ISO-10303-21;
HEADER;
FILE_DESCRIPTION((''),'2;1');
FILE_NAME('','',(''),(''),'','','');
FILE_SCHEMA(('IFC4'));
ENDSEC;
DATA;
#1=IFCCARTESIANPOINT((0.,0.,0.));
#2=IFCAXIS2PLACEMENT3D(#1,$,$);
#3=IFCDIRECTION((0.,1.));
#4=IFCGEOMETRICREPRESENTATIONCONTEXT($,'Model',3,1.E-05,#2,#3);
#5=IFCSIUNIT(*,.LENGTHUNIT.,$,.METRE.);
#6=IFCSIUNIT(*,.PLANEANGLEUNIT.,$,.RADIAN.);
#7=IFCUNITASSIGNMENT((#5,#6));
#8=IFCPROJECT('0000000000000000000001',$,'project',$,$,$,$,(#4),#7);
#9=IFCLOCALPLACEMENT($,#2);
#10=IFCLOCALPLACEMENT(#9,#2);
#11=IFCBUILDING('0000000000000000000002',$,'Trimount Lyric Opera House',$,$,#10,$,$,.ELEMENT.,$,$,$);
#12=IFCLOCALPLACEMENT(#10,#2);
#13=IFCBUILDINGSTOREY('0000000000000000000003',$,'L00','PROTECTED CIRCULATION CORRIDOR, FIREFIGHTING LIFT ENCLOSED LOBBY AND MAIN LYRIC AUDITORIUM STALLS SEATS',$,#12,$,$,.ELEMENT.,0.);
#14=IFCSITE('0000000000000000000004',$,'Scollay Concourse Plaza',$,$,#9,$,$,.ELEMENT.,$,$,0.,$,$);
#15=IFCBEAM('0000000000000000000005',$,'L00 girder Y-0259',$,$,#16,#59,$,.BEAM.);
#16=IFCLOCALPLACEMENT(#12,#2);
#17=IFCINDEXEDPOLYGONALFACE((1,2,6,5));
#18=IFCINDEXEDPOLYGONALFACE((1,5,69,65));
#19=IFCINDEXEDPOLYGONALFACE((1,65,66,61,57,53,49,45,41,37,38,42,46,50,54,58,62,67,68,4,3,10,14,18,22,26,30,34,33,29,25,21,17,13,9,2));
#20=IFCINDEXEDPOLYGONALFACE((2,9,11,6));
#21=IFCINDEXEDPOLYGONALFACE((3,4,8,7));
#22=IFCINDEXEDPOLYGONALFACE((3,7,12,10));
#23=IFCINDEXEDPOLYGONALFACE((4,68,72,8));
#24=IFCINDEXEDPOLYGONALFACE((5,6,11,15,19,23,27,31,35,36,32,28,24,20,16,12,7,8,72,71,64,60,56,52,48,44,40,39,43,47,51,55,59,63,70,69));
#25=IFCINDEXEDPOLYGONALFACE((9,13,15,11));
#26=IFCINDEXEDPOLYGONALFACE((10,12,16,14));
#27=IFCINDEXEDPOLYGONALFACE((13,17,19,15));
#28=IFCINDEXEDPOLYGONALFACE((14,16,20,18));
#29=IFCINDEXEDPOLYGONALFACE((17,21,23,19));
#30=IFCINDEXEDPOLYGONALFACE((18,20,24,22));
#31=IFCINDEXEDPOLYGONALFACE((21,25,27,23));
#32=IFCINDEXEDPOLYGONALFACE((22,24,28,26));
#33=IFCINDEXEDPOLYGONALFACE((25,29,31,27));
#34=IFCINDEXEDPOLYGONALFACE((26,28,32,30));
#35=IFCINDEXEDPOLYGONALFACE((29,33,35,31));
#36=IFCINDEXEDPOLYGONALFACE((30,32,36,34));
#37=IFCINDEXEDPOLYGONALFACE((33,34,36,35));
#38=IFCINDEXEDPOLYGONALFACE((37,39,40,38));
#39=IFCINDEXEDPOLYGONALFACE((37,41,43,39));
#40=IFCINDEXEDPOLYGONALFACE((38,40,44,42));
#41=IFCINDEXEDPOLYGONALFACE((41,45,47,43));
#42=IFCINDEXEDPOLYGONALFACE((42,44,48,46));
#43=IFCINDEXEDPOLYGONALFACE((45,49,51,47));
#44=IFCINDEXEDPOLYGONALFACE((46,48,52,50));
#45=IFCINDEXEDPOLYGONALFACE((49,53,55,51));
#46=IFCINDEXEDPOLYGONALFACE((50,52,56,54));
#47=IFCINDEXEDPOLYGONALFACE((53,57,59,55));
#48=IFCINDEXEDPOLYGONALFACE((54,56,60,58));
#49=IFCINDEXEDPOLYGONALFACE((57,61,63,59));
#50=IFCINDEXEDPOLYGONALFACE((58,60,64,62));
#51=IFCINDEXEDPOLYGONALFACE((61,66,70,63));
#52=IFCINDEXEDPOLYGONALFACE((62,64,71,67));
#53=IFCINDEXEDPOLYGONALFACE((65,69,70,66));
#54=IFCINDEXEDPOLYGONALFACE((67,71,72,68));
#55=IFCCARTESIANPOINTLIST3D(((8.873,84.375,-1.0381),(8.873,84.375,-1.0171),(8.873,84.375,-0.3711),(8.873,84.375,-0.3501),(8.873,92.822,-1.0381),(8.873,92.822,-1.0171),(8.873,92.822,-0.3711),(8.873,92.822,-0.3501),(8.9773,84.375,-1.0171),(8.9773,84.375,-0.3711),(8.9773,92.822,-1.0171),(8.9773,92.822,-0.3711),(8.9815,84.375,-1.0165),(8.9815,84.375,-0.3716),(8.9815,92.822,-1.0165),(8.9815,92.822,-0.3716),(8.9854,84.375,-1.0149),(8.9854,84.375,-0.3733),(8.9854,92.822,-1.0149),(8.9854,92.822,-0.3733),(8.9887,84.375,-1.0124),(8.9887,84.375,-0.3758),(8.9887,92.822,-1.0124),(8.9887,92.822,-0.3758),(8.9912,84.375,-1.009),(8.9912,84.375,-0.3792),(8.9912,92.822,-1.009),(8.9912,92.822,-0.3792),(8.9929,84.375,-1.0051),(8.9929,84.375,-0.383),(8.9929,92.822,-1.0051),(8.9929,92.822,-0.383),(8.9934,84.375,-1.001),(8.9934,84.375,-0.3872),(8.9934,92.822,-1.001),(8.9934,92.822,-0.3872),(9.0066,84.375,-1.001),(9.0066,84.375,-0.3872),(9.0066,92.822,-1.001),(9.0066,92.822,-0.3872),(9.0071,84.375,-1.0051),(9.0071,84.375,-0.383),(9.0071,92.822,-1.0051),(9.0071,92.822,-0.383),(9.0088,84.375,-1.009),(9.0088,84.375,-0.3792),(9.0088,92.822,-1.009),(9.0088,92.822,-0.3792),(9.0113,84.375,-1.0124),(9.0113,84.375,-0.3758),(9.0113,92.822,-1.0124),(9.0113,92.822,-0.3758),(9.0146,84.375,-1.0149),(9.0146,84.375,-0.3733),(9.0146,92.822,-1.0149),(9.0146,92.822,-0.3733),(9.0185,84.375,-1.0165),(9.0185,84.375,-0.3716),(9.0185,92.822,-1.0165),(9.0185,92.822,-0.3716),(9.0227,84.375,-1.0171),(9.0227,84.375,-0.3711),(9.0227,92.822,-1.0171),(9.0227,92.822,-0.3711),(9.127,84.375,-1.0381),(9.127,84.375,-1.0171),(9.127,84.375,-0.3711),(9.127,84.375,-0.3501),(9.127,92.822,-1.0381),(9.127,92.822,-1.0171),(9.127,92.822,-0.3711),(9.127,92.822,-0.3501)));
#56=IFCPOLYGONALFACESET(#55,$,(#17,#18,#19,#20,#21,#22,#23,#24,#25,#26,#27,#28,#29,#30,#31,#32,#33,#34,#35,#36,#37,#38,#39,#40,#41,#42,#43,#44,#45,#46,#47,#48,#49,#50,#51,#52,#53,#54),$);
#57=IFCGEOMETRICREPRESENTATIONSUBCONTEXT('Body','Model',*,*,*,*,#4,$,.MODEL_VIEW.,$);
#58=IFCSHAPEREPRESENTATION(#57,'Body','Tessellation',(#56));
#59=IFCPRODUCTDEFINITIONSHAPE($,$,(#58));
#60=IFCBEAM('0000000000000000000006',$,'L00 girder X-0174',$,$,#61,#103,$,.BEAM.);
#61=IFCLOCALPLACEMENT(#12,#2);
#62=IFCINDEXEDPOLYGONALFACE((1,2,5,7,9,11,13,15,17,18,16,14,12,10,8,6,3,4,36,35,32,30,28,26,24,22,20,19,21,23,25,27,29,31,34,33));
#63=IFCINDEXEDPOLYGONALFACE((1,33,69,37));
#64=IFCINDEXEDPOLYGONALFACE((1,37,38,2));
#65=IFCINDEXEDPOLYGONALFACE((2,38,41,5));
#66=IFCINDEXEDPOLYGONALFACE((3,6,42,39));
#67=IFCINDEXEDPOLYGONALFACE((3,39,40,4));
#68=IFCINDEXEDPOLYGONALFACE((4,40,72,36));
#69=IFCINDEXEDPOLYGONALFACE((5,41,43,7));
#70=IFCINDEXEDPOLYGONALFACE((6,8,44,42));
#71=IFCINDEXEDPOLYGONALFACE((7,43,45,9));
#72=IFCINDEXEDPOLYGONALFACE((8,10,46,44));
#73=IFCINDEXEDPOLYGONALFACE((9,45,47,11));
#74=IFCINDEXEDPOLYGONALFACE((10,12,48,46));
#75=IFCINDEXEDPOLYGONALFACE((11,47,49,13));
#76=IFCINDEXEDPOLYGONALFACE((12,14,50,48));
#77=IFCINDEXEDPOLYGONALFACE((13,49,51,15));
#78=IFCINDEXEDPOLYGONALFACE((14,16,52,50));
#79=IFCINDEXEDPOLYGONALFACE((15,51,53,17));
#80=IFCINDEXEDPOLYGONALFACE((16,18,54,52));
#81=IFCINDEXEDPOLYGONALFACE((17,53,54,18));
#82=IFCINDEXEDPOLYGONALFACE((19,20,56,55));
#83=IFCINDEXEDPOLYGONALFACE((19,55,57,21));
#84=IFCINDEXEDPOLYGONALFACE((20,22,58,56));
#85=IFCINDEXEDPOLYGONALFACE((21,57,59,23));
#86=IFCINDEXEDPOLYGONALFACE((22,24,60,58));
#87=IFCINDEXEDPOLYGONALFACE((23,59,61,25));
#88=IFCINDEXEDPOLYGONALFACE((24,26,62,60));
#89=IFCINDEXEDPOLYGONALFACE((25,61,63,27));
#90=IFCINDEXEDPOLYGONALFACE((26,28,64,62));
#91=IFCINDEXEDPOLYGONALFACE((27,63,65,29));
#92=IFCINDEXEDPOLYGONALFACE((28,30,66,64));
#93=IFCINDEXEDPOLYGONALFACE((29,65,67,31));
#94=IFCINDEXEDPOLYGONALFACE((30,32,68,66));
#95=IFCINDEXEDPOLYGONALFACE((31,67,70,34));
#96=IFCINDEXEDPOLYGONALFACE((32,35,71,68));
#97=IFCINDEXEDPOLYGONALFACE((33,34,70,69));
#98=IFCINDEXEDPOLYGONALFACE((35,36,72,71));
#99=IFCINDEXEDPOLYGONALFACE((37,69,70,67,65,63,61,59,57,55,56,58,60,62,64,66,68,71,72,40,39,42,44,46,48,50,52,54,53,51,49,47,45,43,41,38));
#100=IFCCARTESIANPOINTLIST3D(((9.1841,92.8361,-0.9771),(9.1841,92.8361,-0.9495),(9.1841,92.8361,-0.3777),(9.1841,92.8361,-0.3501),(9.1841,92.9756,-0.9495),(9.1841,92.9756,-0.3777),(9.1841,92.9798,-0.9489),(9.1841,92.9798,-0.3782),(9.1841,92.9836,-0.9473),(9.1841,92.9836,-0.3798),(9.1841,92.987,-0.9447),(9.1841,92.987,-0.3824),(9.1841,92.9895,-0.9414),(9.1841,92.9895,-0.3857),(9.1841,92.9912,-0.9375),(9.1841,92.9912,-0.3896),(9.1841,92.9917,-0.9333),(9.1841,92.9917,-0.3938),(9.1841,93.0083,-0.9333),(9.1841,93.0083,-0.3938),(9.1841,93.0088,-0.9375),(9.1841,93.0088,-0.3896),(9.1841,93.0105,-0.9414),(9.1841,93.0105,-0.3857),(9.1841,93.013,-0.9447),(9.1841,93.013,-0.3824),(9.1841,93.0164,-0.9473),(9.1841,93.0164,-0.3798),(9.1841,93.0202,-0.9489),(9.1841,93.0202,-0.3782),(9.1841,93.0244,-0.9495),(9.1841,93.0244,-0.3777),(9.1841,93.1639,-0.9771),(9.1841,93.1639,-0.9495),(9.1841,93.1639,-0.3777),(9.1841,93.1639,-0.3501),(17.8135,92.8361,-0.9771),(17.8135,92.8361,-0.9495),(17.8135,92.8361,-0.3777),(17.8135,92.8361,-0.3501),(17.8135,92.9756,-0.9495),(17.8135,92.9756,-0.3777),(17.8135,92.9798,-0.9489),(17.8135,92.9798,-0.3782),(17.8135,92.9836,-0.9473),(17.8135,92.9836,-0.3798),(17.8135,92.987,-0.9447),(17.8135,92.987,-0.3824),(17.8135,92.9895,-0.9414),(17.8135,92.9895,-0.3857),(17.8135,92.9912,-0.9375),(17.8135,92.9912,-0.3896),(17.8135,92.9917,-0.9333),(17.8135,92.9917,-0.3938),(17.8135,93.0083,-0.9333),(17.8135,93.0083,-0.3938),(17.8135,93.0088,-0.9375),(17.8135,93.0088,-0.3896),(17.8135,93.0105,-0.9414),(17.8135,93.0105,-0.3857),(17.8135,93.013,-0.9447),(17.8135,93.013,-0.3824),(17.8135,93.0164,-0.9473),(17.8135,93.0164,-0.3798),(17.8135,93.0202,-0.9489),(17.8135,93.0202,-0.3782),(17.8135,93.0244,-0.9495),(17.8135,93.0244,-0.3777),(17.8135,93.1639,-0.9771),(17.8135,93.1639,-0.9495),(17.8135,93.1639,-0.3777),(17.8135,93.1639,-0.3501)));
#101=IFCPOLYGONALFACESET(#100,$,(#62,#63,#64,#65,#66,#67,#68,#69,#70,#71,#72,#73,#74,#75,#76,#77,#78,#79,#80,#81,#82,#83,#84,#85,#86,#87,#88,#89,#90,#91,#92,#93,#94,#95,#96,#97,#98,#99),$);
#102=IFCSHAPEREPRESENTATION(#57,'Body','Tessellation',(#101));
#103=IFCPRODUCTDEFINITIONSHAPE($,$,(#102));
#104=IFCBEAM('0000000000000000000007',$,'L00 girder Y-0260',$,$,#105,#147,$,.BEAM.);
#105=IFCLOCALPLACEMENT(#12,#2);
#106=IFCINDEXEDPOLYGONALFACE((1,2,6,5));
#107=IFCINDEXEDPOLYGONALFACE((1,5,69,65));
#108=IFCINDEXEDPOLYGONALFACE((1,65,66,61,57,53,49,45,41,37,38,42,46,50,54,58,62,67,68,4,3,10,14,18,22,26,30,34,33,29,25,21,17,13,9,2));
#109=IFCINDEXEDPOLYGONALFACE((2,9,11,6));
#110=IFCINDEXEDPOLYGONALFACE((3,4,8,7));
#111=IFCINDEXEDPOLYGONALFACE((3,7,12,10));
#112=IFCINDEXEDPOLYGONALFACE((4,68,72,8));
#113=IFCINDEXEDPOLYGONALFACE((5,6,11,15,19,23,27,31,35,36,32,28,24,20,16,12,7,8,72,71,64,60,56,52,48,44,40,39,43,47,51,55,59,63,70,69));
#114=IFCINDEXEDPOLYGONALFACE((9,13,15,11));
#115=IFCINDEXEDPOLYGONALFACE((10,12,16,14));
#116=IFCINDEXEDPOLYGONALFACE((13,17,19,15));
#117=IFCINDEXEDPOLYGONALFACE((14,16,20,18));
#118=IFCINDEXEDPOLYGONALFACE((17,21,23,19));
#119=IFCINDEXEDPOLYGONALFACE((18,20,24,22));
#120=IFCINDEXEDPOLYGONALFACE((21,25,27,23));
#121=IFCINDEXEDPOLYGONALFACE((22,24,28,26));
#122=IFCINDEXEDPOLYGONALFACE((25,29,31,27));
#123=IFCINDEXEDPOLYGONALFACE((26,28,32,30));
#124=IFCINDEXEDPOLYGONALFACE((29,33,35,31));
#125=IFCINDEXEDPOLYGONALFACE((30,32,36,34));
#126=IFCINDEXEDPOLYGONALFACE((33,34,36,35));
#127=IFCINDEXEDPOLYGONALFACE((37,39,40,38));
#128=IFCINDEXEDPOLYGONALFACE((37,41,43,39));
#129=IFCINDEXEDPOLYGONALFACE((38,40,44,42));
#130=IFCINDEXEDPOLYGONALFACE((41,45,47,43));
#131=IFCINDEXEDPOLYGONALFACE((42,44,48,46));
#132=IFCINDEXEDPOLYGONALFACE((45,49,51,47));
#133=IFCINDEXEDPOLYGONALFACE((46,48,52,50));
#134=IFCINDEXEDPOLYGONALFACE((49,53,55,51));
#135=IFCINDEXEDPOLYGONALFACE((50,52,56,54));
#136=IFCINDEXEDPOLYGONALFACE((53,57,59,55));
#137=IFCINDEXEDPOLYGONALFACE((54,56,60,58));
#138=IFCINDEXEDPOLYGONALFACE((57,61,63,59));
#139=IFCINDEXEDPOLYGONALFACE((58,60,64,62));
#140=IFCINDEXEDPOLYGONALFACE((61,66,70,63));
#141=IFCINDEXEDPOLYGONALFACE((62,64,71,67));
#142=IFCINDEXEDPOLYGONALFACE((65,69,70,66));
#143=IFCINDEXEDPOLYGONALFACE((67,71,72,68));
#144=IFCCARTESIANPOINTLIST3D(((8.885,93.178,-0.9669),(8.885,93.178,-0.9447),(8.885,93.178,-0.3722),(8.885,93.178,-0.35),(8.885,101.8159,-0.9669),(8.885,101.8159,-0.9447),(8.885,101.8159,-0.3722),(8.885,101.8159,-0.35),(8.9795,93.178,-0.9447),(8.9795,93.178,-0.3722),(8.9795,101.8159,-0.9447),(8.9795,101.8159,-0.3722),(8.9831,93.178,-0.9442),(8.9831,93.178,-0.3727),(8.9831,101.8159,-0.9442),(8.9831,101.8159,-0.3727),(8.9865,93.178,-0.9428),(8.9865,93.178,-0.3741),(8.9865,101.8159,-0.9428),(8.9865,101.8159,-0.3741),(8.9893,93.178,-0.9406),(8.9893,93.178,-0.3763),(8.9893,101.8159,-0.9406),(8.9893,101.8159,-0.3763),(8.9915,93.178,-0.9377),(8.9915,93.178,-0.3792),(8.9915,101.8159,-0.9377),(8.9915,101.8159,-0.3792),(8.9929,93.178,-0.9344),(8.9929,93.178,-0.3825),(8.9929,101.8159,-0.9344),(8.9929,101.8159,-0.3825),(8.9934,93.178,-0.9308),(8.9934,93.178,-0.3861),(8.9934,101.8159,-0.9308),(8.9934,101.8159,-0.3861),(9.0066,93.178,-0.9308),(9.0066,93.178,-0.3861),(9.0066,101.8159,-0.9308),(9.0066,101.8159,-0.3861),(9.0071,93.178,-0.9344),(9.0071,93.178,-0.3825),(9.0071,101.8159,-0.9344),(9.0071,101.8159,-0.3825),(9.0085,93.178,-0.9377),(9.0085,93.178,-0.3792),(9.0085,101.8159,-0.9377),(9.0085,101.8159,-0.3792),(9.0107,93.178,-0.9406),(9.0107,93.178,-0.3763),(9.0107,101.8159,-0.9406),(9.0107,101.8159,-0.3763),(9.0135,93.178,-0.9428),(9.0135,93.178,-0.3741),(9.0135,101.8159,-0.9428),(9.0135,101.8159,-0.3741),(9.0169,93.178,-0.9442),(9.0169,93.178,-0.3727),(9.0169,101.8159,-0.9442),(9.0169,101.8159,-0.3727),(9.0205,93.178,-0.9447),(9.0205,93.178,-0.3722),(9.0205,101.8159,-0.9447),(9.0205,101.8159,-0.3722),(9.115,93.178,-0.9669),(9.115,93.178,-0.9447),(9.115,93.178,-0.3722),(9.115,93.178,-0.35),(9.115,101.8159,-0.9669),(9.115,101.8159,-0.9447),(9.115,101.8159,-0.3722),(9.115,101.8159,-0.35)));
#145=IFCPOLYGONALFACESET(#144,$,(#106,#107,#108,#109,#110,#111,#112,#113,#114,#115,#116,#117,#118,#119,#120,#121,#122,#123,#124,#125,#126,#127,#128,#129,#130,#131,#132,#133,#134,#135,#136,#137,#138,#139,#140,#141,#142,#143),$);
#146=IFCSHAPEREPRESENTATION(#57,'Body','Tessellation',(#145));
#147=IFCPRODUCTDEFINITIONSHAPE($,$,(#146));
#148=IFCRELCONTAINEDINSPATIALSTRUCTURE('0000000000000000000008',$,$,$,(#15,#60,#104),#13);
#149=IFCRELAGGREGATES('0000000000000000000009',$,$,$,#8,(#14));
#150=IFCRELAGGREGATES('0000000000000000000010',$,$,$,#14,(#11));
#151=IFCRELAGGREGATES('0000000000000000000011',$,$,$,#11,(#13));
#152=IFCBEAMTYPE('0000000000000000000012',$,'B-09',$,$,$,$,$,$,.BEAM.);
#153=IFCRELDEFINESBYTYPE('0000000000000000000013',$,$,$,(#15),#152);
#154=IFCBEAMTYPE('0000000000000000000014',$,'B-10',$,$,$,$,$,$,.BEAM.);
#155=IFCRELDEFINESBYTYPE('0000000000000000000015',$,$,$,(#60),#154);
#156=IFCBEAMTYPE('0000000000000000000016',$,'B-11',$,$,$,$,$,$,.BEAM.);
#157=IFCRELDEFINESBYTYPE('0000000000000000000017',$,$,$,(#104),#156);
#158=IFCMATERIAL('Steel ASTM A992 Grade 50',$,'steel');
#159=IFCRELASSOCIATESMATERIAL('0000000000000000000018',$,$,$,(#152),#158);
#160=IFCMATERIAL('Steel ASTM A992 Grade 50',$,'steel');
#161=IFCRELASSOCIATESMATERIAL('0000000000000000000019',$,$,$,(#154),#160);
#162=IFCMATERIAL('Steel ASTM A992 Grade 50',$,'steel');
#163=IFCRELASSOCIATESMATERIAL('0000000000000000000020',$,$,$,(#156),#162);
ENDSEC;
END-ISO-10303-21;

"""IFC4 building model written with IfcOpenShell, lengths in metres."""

from ifc_helpers import new_model, si_unit, direction, frame, origin, origin_2d, place, context, subcontext, project, spatial, i_section, extrude, material, material_profile, profile_set, type_object, element, save


model = new_model("IFC4")

# Units and contexts
model_context = context("Model", 3, precision=1e-05, world=origin(), true_north=direction((0.0, 1.0)))
body_context = subcontext(model_context, "Body", "Model", "MODEL_VIEW")
ifc_project = project(units=[si_unit("LENGTHUNIT", "METRE"), si_unit("PLANEANGLEUNIT", "RADIAN")], contexts=[model_context])

# Site, building, storey
site_placement = place(None, origin())
site = spatial("IfcSite", under=ifc_project, at=site_placement, Name="Scollay Concourse Plaza", CompositionType="ELEMENT", RefElevation=0.0)
building_placement = place(site_placement, origin())
building = spatial("IfcBuilding", under=site, at=building_placement, Name="Trimount Lyric Opera House", CompositionType="ELEMENT")
storey_placement = place(building_placement, origin())
storey = spatial("IfcBuildingStorey", under=building, at=storey_placement, Name="L00", Description="PROTECTED CIRCULATION CORRIDOR, FIREFIGHTING LIFT ENCLOSED LOBBY AND MAIN LYRIC AUDITORIUM STALLS SEATS", CompositionType="ELEMENT", Elevation=0.0)

# Beams
ifc_material_1 = material(Name="Steel ASTM A992 Grade 50", Category="steel")
ifc_material_profile_1 = material_profile(ifc_material_1, i_section(OverallWidth=0.2539, OverallDepth=0.688, WebThickness=0.0132, FlangeThickness=0.021, FilletRadius=0.0161, at=origin_2d()), Name="W27X102")
ifc_profile_set_1 = profile_set([ifc_material_profile_1], Name="Steel ASTM A992 Grade 50")
beam_type_1 = type_object("IfcBeamType", Name="B-09", PredefinedType="BEAM", material=ifc_profile_set_1)
beam_1_placement = place(storey_placement, frame((9.0, 84.375, -0.6941), z_axis=(0.0, 1.0, 0.0), x_axis=(-1.0, 0.0, 0.0)))
element("IfcBeam", 1, at=beam_1_placement, inside=storey, type_object=beam_type_1, Name="L00 girder Y-0259", PredefinedType="BEAM", context=body_context, shape_type="SweptSolid", body=[
    extrude(i_section(OverallWidth=0.2539, OverallDepth=0.688, WebThickness=0.0132, FlangeThickness=0.021, FilletRadius=0.0161, at=origin_2d()), origin(), (0.0, 0.0, 1.0), 8.447),
])
ifc_material_2 = material(Name="Steel ASTM A992 Grade 50", Category="steel")
ifc_material_profile_2 = material_profile(ifc_material_2, i_section(OverallWidth=0.3279, OverallDepth=0.627, WebThickness=0.0166, FlangeThickness=0.0276, FilletRadius=0.0161, at=origin_2d()), Name="W24X146")
ifc_profile_set_2 = profile_set([ifc_material_profile_2], Name="Steel ASTM A992 Grade 50")
beam_type_2 = type_object("IfcBeamType", Name="B-10", PredefinedType="BEAM", material=ifc_profile_set_2)
beam_2_placement = place(storey_placement, frame((9.1841, 93.0, -0.6636), z_axis=(1.0, 0.0, 0.0), x_axis=(0.0, 1.0, 0.0)))
element("IfcBeam", 2, at=beam_2_placement, inside=storey, type_object=beam_type_2, Name="L00 girder X-0174", PredefinedType="BEAM", context=body_context, shape_type="SweptSolid", body=[
    extrude(i_section(OverallWidth=0.3279, OverallDepth=0.627, WebThickness=0.0166, FlangeThickness=0.0276, FilletRadius=0.0161, at=origin_2d()), origin(), (0.0, 0.0, 1.0), 8.6294),
])
ifc_material_3 = material(Name="Steel ASTM A992 Grade 50", Category="steel")
ifc_material_profile_3 = material_profile(ifc_material_3, i_section(OverallWidth=0.23, OverallDepth=0.6169, WebThickness=0.0132, FlangeThickness=0.0222, FilletRadius=0.0139, at=origin_2d()), Name="W24X94")
ifc_profile_set_3 = profile_set([ifc_material_profile_3], Name="Steel ASTM A992 Grade 50")
beam_type_3 = type_object("IfcBeamType", Name="B-11", PredefinedType="BEAM", material=ifc_profile_set_3)
beam_3_placement = place(storey_placement, frame((9.0, 93.178, -0.6584), z_axis=(0.0, 1.0, 0.0), x_axis=(-1.0, 0.0, 0.0)))
element("IfcBeam", 3, at=beam_3_placement, inside=storey, type_object=beam_type_3, Name="L00 girder Y-0260", PredefinedType="BEAM", context=body_context, shape_type="SweptSolid", body=[
    extrude(i_section(OverallWidth=0.23, OverallDepth=0.6169, WebThickness=0.0132, FlangeThickness=0.0222, FilletRadius=0.0139, at=origin_2d()), origin(), (0.0, 0.0, 1.0), 8.6379),
])

save(model, "model.ifc")
